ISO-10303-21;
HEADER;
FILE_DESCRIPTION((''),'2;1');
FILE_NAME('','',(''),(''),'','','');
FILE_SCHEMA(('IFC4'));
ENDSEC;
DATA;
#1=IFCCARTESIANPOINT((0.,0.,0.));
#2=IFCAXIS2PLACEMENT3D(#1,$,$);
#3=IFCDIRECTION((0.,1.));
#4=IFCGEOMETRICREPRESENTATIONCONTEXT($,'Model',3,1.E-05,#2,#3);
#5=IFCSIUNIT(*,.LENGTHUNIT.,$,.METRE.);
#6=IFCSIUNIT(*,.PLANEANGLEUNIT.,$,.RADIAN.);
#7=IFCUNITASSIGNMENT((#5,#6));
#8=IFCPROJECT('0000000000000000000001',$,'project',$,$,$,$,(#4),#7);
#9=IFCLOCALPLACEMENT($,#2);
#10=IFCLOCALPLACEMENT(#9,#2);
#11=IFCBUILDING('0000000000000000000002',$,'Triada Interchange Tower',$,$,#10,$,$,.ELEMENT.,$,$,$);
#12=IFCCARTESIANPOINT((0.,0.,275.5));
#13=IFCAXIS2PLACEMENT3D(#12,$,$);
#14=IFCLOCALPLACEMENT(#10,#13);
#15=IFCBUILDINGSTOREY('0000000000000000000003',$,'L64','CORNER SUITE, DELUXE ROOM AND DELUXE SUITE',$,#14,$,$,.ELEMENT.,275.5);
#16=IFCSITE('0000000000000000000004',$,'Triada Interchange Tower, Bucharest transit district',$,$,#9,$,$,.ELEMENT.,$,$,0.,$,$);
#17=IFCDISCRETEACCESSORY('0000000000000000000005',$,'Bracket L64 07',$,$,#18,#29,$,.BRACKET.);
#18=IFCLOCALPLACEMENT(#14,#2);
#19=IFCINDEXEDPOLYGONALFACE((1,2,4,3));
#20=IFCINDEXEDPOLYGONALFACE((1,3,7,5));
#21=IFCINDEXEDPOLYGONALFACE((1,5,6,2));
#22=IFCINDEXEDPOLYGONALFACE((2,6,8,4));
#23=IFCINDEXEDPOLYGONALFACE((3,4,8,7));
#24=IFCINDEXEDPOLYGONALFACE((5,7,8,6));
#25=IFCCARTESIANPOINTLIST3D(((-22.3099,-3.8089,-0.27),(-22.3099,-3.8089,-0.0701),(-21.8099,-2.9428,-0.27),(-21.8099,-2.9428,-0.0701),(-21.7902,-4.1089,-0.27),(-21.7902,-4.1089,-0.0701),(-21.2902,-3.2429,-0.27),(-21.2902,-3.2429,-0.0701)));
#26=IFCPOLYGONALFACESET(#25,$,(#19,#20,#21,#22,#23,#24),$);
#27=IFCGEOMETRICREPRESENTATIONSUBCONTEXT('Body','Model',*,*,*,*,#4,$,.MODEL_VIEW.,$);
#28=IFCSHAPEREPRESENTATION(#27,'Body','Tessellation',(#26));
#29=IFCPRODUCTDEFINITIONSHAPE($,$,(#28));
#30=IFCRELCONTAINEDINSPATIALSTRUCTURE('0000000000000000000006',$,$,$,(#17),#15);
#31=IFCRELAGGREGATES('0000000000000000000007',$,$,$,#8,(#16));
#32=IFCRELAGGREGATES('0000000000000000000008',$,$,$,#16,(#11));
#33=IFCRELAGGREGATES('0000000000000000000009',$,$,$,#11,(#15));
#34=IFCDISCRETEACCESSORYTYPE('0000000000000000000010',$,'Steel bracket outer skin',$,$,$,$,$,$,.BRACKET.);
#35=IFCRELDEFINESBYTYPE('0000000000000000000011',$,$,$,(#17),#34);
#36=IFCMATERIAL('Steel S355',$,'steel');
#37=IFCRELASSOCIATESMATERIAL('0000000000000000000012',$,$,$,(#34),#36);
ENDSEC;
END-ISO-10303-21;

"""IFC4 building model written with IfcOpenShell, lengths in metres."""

from ifc_helpers import new_model, si_unit, direction, frame, origin, origin_2d, place, context, subcontext, project, spatial, rectangle, extrude, material, type_object, element, save


model = new_model("IFC4")

# Units and contexts
model_context = context("Model", 3, precision=1e-05, world=origin(), true_north=direction((0.0, 1.0)))
body_context = subcontext(model_context, "Body", "Model", "MODEL_VIEW")
ifc_project = project(units=[si_unit("LENGTHUNIT", "METRE"), si_unit("PLANEANGLEUNIT", "RADIAN")], contexts=[model_context])

# Site, building, storey
site_placement = place(None, origin())
site = spatial("IfcSite", under=ifc_project, at=site_placement, Name="Triada Interchange Tower, Bucharest transit district", CompositionType="ELEMENT", RefElevation=0.0)
building_placement = place(site_placement, origin())
building = spatial("IfcBuilding", under=site, at=building_placement, Name="Triada Interchange Tower", CompositionType="ELEMENT")
storey_placement = place(building_placement, frame((0.0, 0.0, 275.5)))
storey = spatial("IfcBuildingStorey", under=building, at=storey_placement, Name="L64", Description="CORNER SUITE, DELUXE ROOM AND DELUXE SUITE", CompositionType="ELEMENT", Elevation=275.5)

# Discrete accessory
ifc_material_1 = material(Name="Steel S355", Category="steel")
discrete_accessory_type = type_object("IfcDiscreteAccessoryType", Name="Steel bracket outer skin", PredefinedType="BRACKET", material=ifc_material_1)
discrete_accessory_placement = place(storey_placement, frame((-21.8, -3.5259, -0.27), z_axis=(0.0, 0.0, 1.0), x_axis=(-0.866029, 0.499994, 0.0)))
element("IfcDiscreteAccessory", 1, at=discrete_accessory_placement, inside=storey, type_object=discrete_accessory_type, Name="Bracket L64 07", PredefinedType="BRACKET", context=body_context, shape_type="SweptSolid", body=[
    extrude(rectangle(XDim=0.6001, YDim=1.0, at=origin_2d()), origin(), (0.0, 0.0, 1.0), 0.2),
])

save(model, "model.ifc")
